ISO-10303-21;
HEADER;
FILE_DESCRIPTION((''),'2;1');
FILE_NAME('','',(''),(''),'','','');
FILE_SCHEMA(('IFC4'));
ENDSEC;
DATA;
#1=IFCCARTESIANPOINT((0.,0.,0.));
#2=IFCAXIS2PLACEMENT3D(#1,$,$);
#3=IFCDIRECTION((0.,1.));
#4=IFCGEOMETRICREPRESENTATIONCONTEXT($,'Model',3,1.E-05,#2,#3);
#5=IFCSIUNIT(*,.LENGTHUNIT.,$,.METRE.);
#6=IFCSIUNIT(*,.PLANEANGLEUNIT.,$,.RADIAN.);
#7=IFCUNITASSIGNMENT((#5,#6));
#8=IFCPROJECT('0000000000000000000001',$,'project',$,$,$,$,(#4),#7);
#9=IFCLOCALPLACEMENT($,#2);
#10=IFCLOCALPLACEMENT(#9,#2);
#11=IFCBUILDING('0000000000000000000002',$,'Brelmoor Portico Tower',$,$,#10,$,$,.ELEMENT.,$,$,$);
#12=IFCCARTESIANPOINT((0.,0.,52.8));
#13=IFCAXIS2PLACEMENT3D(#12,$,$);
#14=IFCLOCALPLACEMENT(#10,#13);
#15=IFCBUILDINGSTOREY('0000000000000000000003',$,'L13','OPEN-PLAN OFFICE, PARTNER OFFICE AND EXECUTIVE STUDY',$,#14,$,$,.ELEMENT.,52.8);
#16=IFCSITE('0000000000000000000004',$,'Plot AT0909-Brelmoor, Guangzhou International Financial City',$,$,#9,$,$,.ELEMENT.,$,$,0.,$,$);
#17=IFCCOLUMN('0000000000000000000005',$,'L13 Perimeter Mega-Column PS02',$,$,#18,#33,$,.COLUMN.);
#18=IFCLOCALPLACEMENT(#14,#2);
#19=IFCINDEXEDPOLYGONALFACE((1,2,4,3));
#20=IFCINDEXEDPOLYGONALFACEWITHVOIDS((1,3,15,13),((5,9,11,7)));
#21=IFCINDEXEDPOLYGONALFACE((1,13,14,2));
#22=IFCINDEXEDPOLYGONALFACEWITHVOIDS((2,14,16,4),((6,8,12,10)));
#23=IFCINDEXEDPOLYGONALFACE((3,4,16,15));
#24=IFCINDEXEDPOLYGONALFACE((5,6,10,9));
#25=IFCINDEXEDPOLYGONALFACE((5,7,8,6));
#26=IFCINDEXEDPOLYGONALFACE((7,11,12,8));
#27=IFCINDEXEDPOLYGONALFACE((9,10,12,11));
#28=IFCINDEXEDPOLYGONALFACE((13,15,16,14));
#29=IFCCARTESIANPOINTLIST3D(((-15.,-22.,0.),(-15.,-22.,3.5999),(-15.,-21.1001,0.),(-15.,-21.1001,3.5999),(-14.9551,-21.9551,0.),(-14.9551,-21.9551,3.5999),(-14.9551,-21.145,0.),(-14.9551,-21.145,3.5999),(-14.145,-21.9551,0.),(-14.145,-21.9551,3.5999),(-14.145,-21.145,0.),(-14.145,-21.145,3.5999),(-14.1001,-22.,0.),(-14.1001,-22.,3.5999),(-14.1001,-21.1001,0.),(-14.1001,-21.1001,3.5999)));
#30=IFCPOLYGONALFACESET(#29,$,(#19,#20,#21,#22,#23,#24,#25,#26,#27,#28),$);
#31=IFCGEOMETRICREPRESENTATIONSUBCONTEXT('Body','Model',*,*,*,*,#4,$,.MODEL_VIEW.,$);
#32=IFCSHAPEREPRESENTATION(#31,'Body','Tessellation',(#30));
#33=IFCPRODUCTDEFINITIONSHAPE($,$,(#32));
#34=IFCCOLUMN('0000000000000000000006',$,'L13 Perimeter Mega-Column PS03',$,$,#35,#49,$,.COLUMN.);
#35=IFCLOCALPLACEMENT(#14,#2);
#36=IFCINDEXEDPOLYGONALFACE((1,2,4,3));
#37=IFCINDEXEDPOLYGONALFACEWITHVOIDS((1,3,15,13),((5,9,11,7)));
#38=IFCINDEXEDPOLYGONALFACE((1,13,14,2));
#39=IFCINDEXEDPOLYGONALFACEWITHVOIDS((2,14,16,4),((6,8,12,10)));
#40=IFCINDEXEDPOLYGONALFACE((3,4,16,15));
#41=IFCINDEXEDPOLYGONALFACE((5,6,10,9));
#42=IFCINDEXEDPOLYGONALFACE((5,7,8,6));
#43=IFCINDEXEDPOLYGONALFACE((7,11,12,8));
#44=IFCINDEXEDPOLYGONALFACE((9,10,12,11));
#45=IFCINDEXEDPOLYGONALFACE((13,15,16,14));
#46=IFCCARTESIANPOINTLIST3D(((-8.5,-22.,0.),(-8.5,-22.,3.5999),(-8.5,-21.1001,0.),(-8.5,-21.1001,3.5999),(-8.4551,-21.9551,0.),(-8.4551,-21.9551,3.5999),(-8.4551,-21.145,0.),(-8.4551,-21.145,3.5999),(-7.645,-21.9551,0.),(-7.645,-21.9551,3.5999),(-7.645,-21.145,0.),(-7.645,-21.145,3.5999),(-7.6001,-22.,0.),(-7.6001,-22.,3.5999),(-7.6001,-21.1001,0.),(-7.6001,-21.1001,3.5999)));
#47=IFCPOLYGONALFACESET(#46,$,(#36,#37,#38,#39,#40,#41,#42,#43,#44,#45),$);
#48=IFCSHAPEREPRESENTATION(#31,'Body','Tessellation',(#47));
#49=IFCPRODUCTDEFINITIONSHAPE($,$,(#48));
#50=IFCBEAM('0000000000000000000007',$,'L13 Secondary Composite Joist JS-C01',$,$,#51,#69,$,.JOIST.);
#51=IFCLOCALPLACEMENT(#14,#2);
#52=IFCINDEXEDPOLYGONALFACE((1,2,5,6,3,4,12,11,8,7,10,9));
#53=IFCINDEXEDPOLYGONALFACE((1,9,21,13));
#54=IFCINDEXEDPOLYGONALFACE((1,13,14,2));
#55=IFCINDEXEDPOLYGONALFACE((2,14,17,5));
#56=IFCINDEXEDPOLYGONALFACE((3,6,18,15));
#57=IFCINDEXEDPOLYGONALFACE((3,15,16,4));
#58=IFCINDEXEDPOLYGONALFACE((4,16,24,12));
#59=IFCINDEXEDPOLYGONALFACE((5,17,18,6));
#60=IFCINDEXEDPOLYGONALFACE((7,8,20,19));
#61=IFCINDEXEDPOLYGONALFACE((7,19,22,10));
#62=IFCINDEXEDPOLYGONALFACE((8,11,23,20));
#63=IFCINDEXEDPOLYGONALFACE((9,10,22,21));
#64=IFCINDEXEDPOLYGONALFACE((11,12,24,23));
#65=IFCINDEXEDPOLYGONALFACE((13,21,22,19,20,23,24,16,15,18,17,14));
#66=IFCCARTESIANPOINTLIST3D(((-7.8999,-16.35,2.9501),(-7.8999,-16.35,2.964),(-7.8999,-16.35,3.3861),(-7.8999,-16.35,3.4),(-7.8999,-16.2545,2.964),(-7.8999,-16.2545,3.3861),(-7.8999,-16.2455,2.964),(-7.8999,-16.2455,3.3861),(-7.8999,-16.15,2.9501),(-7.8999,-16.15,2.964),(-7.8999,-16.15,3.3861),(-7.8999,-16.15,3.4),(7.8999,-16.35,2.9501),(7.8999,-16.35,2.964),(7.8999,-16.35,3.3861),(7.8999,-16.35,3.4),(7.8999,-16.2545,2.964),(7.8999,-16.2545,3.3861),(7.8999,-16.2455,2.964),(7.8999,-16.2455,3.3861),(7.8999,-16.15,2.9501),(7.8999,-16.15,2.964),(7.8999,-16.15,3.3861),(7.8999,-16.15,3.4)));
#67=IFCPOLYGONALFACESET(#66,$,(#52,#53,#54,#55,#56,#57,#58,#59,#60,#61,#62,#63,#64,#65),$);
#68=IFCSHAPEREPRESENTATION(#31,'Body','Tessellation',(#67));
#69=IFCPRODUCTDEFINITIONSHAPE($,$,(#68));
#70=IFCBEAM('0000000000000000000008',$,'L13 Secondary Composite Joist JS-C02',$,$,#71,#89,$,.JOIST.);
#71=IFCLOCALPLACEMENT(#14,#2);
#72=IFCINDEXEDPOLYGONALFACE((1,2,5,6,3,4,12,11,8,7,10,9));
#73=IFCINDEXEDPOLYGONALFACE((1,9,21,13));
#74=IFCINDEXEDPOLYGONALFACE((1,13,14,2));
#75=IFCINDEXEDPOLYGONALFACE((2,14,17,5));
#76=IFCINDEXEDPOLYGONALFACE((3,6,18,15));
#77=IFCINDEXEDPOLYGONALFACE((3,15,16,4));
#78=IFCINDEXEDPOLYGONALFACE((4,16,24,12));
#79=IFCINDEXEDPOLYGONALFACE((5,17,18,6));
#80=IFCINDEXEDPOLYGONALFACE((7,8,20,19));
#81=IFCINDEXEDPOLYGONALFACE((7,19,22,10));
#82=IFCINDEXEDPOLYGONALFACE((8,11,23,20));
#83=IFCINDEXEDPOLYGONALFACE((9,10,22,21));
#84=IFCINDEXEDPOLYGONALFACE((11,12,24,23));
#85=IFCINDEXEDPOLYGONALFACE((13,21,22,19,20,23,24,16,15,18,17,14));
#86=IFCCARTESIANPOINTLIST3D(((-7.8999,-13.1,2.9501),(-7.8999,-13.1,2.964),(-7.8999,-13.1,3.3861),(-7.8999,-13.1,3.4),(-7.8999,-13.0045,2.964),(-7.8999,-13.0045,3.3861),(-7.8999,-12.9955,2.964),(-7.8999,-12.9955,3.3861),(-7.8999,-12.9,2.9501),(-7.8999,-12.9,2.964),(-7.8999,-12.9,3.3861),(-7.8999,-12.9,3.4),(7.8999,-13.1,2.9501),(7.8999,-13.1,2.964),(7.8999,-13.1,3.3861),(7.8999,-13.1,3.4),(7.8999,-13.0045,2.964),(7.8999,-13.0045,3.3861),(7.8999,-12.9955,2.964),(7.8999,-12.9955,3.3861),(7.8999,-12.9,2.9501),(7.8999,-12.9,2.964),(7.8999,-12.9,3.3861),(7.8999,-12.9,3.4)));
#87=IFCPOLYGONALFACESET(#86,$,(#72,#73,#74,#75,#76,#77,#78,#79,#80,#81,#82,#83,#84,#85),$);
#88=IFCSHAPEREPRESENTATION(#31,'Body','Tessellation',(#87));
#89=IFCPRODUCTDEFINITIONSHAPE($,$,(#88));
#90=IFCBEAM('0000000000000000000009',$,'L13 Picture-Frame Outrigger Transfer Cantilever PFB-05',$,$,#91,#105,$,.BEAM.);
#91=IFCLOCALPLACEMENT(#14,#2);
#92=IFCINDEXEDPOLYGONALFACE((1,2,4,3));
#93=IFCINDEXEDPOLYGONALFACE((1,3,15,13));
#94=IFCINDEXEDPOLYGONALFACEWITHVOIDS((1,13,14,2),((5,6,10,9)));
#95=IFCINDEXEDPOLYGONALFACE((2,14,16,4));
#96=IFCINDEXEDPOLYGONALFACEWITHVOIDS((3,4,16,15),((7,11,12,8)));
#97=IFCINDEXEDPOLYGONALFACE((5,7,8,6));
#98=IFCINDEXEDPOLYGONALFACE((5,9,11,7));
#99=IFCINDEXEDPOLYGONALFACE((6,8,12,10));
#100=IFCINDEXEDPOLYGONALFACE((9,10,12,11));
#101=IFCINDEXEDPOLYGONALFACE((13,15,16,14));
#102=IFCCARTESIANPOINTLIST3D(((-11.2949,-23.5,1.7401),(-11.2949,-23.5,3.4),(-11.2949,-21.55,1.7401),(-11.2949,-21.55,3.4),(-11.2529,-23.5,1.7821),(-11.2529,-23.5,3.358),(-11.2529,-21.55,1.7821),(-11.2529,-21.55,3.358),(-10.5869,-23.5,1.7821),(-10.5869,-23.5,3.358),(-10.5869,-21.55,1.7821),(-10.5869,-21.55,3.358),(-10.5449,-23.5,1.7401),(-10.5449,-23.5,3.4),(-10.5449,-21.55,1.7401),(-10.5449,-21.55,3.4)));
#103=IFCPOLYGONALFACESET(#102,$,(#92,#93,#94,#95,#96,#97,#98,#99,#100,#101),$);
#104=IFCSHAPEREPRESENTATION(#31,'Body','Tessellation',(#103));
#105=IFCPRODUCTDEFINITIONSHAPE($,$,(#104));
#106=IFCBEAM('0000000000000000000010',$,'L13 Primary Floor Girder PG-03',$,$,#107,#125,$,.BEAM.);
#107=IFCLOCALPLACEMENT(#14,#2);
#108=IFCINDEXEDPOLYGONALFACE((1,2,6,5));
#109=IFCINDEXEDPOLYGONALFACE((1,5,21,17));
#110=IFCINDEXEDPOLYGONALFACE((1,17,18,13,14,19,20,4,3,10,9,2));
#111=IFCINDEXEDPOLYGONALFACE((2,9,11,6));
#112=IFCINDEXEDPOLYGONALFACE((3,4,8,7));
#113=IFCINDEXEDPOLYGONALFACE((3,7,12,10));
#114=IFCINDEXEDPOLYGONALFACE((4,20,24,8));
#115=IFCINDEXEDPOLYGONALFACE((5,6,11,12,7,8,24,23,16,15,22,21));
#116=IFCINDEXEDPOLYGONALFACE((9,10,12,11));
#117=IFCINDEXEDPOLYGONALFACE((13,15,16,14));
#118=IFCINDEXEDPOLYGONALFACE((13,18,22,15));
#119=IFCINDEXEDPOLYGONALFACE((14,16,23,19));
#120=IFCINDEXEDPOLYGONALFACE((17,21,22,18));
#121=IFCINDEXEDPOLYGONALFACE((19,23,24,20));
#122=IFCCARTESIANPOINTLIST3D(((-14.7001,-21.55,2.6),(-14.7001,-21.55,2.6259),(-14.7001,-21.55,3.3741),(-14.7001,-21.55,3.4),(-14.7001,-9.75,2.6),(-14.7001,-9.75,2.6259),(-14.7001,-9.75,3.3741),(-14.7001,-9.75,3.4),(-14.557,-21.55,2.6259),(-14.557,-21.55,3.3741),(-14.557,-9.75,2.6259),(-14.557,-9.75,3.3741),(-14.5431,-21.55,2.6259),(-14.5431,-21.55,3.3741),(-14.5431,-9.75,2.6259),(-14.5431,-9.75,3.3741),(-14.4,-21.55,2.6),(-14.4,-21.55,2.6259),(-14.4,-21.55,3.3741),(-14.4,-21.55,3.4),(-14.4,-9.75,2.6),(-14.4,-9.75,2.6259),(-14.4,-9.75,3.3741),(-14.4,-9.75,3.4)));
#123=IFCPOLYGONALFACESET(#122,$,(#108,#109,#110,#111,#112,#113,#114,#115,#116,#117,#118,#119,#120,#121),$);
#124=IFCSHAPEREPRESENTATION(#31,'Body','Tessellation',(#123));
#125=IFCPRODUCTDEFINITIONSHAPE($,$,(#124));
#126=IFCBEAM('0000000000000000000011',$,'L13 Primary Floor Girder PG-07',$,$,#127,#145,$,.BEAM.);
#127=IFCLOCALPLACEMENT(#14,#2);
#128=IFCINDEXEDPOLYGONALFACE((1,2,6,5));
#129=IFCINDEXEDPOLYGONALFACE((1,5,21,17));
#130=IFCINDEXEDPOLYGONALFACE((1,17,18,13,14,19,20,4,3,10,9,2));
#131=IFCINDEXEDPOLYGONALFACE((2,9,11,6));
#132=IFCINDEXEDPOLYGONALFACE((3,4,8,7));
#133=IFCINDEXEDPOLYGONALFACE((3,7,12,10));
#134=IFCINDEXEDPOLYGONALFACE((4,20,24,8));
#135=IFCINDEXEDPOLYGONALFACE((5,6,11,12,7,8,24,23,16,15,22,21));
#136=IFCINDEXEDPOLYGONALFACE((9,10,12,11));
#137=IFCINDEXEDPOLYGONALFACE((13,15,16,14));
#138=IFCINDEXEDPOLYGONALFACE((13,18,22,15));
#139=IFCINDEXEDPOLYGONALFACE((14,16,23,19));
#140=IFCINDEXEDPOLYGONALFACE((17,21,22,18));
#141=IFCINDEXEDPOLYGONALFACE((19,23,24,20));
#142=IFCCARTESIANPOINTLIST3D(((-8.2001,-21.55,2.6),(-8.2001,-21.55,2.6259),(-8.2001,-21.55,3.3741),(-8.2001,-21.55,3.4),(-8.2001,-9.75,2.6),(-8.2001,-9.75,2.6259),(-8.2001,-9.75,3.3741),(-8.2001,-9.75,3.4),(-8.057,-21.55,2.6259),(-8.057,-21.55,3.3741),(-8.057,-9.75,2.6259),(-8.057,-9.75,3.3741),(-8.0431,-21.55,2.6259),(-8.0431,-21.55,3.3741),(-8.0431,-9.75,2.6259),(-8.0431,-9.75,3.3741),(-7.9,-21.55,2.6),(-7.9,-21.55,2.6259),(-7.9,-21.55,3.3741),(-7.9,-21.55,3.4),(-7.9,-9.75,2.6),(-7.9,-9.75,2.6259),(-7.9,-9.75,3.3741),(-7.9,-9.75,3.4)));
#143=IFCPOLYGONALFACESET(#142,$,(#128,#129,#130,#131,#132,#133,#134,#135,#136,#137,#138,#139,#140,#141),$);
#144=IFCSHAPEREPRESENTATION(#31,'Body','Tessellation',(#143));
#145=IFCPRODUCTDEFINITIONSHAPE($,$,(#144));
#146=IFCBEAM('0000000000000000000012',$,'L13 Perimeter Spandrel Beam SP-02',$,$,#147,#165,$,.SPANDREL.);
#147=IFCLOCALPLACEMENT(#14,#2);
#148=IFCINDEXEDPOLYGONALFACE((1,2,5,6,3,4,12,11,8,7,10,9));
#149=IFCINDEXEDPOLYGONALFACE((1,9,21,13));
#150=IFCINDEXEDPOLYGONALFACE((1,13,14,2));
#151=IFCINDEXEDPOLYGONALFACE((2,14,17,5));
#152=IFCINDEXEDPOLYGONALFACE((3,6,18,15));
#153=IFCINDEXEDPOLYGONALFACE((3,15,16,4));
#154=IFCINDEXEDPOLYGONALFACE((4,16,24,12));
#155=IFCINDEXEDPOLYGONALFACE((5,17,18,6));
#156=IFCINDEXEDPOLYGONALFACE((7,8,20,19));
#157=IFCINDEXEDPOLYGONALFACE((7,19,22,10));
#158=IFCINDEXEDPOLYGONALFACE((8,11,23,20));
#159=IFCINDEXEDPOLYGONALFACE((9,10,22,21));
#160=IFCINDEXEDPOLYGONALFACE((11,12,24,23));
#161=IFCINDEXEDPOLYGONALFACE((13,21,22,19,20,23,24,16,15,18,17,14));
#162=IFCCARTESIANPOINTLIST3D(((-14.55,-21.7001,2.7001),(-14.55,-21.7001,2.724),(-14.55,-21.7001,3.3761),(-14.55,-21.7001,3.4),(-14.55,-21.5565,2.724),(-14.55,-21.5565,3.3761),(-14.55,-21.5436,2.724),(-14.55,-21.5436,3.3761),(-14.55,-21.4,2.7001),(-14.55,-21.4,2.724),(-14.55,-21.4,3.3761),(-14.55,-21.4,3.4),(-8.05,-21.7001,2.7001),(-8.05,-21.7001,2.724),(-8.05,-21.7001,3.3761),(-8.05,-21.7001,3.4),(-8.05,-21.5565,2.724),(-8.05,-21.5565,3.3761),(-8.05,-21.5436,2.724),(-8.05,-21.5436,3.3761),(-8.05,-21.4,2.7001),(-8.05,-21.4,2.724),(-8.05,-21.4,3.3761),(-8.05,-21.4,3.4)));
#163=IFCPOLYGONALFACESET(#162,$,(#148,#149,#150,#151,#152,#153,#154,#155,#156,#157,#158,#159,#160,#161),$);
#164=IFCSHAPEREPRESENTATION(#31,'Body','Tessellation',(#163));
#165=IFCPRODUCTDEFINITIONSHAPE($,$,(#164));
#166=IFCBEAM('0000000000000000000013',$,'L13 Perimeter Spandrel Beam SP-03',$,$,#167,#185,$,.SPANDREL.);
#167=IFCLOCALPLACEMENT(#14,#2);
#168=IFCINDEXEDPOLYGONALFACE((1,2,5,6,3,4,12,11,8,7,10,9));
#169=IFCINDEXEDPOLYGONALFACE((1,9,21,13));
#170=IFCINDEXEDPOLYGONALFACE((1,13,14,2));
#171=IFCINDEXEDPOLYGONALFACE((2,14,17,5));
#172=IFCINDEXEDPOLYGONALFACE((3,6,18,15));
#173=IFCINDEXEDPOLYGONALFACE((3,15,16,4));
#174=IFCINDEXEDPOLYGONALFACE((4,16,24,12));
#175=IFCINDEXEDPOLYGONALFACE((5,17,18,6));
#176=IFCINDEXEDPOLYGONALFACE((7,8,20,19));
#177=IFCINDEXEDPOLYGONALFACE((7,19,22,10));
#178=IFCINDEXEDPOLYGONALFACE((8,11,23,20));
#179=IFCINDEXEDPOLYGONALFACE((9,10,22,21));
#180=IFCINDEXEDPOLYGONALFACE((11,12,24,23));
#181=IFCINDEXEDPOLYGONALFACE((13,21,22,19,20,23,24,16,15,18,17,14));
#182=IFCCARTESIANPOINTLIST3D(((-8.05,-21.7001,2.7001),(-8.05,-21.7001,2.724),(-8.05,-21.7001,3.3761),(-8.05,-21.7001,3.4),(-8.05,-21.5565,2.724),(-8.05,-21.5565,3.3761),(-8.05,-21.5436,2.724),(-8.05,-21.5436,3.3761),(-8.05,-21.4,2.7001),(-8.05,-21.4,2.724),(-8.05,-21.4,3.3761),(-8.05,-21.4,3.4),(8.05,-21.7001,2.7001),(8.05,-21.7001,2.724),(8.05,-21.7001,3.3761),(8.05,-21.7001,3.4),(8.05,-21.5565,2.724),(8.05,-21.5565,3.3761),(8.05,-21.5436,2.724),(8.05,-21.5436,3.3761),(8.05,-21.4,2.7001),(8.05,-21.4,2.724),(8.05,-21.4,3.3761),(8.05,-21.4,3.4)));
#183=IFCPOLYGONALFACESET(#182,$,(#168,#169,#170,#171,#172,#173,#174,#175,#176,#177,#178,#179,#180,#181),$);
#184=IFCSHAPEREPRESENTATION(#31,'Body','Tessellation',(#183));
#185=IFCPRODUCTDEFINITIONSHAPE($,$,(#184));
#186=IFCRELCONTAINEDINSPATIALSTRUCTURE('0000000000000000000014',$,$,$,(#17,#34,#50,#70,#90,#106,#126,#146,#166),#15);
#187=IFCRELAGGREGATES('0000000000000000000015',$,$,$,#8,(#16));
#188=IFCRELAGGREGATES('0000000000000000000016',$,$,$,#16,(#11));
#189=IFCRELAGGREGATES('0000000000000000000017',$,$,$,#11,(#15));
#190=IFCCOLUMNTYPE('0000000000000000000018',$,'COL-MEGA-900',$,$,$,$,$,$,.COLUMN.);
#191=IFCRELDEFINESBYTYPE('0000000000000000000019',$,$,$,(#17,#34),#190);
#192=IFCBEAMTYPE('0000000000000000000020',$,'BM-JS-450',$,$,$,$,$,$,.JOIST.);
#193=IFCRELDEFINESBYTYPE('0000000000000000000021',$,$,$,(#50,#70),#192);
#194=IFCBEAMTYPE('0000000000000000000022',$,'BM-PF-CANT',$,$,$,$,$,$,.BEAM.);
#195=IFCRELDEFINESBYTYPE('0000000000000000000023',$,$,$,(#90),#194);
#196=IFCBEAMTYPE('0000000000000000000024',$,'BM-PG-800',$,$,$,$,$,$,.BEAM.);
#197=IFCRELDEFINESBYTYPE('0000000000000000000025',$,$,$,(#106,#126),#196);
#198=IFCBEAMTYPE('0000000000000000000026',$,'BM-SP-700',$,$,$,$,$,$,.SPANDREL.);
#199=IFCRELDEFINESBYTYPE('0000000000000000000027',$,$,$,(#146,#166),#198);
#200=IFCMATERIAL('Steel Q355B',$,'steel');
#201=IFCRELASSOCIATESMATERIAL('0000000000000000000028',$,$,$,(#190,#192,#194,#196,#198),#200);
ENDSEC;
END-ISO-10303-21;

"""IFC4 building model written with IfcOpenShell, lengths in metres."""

from ifc_helpers import new_model, si_unit, direction, frame, origin, origin_2d, place, context, subcontext, project, spatial, hollow_rectangle, i_section, extrude, material, material_profile, profile_set, type_object, element, save


model = new_model("IFC4")

# Units and contexts
model_context = context("Model", 3, precision=1e-05, world=origin(), true_north=direction((0.0, 1.0)))
body_context = subcontext(model_context, "Body", "Model", "MODEL_VIEW")
ifc_project = project(units=[si_unit("LENGTHUNIT", "METRE"), si_unit("PLANEANGLEUNIT", "RADIAN")], contexts=[model_context])

# Site, building, storey
site_placement = place(None, origin())
site = spatial("IfcSite", under=ifc_project, at=site_placement, Name="Plot AT0909-Brelmoor, Guangzhou International Financial City", CompositionType="ELEMENT", RefElevation=0.0)
building_placement = place(site_placement, origin())
building = spatial("IfcBuilding", under=site, at=building_placement, Name="Brelmoor Portico Tower", CompositionType="ELEMENT")
storey_placement = place(building_placement, frame((0.0, 0.0, 52.8)))
storey = spatial("IfcBuildingStorey", under=building, at=storey_placement, Name="L13", Description="OPEN-PLAN OFFICE, PARTNER OFFICE AND EXECUTIVE STUDY", CompositionType="ELEMENT", Elevation=52.8)

# Columns
ifc_material_1 = material(Name="Steel Q355B", Category="steel")
ifc_material_profile_1 = material_profile(ifc_material_1, hollow_rectangle(XDim=0.8999, YDim=0.8999, WallThickness=0.0449, at=origin_2d()), Name="BOX 900x900x45")
ifc_profile_set_1 = profile_set([ifc_material_profile_1], Name="Steel Q355B")
column_type = type_object("IfcColumnType", Name="COL-MEGA-900", PredefinedType="COLUMN", material=ifc_profile_set_1)
for number, where, z_axis, x_axis, name in (
    (1, (-14.55, -21.55, 0.0), (0.0, 0.0, 1.0), (1.0, 0.0, 0.0), "L13 Perimeter Mega-Column PS02"),
    (2, (-8.05, -21.55, 0.0), (0.0, 0.0, 1.0), (1.0, 0.0, 0.0), "L13 Perimeter Mega-Column PS03"),
):
    element("IfcColumn", number, at=place(storey_placement, frame(where, z_axis=z_axis, x_axis=x_axis)), inside=storey, type_object=column_type, Name=name, PredefinedType="COLUMN", context=body_context, shape_type="SweptSolid", body=[
        extrude(hollow_rectangle(XDim=0.8999, YDim=0.8999, WallThickness=0.0449, at=origin_2d()), origin(), (0.0, 0.0, 1.0), 3.5999),
    ])

# Beams
ifc_material_profile_2 = material_profile(ifc_material_1, i_section(OverallWidth=0.2, OverallDepth=0.45, WebThickness=0.009, FlangeThickness=0.0139, at=origin_2d()), Name="HN 450x200x9x14")
ifc_profile_set_2 = profile_set([ifc_material_profile_2], Name="Steel Q355B")
beam_type_1 = type_object("IfcBeamType", Name="BM-JS-450", PredefinedType="JOIST", material=ifc_profile_set_2)
for number, where, z_axis, x_axis, name in (
    (3, (-7.8999, -16.25, 3.175), (1.0, 0.0, 0.0), (0.0, 1.0, 0.0), "L13 Secondary Composite Joist JS-C01"),
    (4, (-7.8999, -13.0, 3.175), (1.0, 0.0, 0.0), (0.0, 1.0, 0.0), "L13 Secondary Composite Joist JS-C02"),
):
    element("IfcBeam", number, at=place(storey_placement, frame(where, z_axis=z_axis, x_axis=x_axis)), inside=storey, type_object=beam_type_1, Name=name, PredefinedType="JOIST", context=body_context, shape_type="SweptSolid", body=[
        extrude(i_section(OverallWidth=0.2, OverallDepth=0.45, WebThickness=0.009, FlangeThickness=0.0139, at=origin_2d()), origin(), (0.0, 0.0, 1.0), 15.7998),
    ])
ifc_material_profile_3 = material_profile(ifc_material_1, hollow_rectangle(XDim=0.75, YDim=1.6599, WallThickness=0.042, at=origin_2d()), Name="BOX 750x1660x42")
ifc_profile_set_3 = profile_set([ifc_material_profile_3], Name="Steel Q355B")
beam_type_2 = type_object("IfcBeamType", Name="BM-PF-CANT", PredefinedType="BEAM", material=ifc_profile_set_3)
beam_1_placement = place(storey_placement, frame((-10.9199, -23.5, 2.5701), z_axis=(0.0, 1.0, 0.0), x_axis=(-1.0, 0.0, 0.0)))
element("IfcBeam", 5, at=beam_1_placement, inside=storey, type_object=beam_type_2, Name="L13 Picture-Frame Outrigger Transfer Cantilever PFB-05", PredefinedType="BEAM", context=body_context, shape_type="SweptSolid", body=[
    extrude(hollow_rectangle(XDim=0.75, YDim=1.6599, WallThickness=0.042, at=origin_2d()), origin(), (0.0, 0.0, 1.0), 1.95),
])
ifc_material_profile_4 = material_profile(ifc_material_1, i_section(OverallWidth=0.3, OverallDepth=0.8, WebThickness=0.0139, FlangeThickness=0.0259, at=origin_2d()), Name="HN 800x300x14x26")
ifc_profile_set_4 = profile_set([ifc_material_profile_4], Name="Steel Q355B")
beam_type_3 = type_object("IfcBeamType", Name="BM-PG-800", PredefinedType="BEAM", material=ifc_profile_set_4)
for number, where, z_axis, x_axis, name in (
    (6, (-14.55, -21.55, 3.0), (0.0, 1.0, 0.0), (-1.0, 0.0, 0.0), "L13 Primary Floor Girder PG-03"),
    (7, (-8.05, -21.55, 3.0), (0.0, 1.0, 0.0), (-1.0, 0.0, 0.0), "L13 Primary Floor Girder PG-07"),
):
    element("IfcBeam", number, at=place(storey_placement, frame(where, z_axis=z_axis, x_axis=x_axis)), inside=storey, type_object=beam_type_3, Name=name, PredefinedType="BEAM", context=body_context, shape_type="SweptSolid", body=[
        extrude(i_section(OverallWidth=0.3, OverallDepth=0.8, WebThickness=0.0139, FlangeThickness=0.0259, at=origin_2d()), origin(), (0.0, 0.0, 1.0), 11.8),
    ])
ifc_material_profile_5 = material_profile(ifc_material_1, i_section(OverallWidth=0.3, OverallDepth=0.7, WebThickness=0.0129, FlangeThickness=0.0239, at=origin_2d()), Name="HN 700x300x13x24")
ifc_profile_set_5 = profile_set([ifc_material_profile_5], Name="Steel Q355B")
beam_type_4 = type_object("IfcBeamType", Name="BM-SP-700", PredefinedType="SPANDREL", material=ifc_profile_set_5)
beam_2_placement = place(storey_placement, frame((-14.55, -21.55, 3.05), z_axis=(1.0, 0.0, 0.0), x_axis=(0.0, 1.0, 0.0)))
element("IfcBeam", 8, at=beam_2_placement, inside=storey, type_object=beam_type_4, Name="L13 Perimeter Spandrel Beam SP-02", PredefinedType="SPANDREL", context=body_context, shape_type="SweptSolid", body=[
    extrude(i_section(OverallWidth=0.3, OverallDepth=0.7, WebThickness=0.0129, FlangeThickness=0.0239, at=origin_2d()), origin(), (0.0, 0.0, 1.0), 6.5),
])
beam_3_placement = place(storey_placement, frame((-8.05, -21.55, 3.05), z_axis=(1.0, 0.0, 0.0), x_axis=(0.0, 1.0, 0.0)))
element("IfcBeam", 9, at=beam_3_placement, inside=storey, type_object=beam_type_4, Name="L13 Perimeter Spandrel Beam SP-03", PredefinedType="SPANDREL", context=body_context, shape_type="SweptSolid", body=[
    extrude(i_section(OverallWidth=0.3, OverallDepth=0.7, WebThickness=0.0129, FlangeThickness=0.0239, at=origin_2d()), origin(), (0.0, 0.0, 1.0), 16.1001),
])

save(model, "model.ifc")
